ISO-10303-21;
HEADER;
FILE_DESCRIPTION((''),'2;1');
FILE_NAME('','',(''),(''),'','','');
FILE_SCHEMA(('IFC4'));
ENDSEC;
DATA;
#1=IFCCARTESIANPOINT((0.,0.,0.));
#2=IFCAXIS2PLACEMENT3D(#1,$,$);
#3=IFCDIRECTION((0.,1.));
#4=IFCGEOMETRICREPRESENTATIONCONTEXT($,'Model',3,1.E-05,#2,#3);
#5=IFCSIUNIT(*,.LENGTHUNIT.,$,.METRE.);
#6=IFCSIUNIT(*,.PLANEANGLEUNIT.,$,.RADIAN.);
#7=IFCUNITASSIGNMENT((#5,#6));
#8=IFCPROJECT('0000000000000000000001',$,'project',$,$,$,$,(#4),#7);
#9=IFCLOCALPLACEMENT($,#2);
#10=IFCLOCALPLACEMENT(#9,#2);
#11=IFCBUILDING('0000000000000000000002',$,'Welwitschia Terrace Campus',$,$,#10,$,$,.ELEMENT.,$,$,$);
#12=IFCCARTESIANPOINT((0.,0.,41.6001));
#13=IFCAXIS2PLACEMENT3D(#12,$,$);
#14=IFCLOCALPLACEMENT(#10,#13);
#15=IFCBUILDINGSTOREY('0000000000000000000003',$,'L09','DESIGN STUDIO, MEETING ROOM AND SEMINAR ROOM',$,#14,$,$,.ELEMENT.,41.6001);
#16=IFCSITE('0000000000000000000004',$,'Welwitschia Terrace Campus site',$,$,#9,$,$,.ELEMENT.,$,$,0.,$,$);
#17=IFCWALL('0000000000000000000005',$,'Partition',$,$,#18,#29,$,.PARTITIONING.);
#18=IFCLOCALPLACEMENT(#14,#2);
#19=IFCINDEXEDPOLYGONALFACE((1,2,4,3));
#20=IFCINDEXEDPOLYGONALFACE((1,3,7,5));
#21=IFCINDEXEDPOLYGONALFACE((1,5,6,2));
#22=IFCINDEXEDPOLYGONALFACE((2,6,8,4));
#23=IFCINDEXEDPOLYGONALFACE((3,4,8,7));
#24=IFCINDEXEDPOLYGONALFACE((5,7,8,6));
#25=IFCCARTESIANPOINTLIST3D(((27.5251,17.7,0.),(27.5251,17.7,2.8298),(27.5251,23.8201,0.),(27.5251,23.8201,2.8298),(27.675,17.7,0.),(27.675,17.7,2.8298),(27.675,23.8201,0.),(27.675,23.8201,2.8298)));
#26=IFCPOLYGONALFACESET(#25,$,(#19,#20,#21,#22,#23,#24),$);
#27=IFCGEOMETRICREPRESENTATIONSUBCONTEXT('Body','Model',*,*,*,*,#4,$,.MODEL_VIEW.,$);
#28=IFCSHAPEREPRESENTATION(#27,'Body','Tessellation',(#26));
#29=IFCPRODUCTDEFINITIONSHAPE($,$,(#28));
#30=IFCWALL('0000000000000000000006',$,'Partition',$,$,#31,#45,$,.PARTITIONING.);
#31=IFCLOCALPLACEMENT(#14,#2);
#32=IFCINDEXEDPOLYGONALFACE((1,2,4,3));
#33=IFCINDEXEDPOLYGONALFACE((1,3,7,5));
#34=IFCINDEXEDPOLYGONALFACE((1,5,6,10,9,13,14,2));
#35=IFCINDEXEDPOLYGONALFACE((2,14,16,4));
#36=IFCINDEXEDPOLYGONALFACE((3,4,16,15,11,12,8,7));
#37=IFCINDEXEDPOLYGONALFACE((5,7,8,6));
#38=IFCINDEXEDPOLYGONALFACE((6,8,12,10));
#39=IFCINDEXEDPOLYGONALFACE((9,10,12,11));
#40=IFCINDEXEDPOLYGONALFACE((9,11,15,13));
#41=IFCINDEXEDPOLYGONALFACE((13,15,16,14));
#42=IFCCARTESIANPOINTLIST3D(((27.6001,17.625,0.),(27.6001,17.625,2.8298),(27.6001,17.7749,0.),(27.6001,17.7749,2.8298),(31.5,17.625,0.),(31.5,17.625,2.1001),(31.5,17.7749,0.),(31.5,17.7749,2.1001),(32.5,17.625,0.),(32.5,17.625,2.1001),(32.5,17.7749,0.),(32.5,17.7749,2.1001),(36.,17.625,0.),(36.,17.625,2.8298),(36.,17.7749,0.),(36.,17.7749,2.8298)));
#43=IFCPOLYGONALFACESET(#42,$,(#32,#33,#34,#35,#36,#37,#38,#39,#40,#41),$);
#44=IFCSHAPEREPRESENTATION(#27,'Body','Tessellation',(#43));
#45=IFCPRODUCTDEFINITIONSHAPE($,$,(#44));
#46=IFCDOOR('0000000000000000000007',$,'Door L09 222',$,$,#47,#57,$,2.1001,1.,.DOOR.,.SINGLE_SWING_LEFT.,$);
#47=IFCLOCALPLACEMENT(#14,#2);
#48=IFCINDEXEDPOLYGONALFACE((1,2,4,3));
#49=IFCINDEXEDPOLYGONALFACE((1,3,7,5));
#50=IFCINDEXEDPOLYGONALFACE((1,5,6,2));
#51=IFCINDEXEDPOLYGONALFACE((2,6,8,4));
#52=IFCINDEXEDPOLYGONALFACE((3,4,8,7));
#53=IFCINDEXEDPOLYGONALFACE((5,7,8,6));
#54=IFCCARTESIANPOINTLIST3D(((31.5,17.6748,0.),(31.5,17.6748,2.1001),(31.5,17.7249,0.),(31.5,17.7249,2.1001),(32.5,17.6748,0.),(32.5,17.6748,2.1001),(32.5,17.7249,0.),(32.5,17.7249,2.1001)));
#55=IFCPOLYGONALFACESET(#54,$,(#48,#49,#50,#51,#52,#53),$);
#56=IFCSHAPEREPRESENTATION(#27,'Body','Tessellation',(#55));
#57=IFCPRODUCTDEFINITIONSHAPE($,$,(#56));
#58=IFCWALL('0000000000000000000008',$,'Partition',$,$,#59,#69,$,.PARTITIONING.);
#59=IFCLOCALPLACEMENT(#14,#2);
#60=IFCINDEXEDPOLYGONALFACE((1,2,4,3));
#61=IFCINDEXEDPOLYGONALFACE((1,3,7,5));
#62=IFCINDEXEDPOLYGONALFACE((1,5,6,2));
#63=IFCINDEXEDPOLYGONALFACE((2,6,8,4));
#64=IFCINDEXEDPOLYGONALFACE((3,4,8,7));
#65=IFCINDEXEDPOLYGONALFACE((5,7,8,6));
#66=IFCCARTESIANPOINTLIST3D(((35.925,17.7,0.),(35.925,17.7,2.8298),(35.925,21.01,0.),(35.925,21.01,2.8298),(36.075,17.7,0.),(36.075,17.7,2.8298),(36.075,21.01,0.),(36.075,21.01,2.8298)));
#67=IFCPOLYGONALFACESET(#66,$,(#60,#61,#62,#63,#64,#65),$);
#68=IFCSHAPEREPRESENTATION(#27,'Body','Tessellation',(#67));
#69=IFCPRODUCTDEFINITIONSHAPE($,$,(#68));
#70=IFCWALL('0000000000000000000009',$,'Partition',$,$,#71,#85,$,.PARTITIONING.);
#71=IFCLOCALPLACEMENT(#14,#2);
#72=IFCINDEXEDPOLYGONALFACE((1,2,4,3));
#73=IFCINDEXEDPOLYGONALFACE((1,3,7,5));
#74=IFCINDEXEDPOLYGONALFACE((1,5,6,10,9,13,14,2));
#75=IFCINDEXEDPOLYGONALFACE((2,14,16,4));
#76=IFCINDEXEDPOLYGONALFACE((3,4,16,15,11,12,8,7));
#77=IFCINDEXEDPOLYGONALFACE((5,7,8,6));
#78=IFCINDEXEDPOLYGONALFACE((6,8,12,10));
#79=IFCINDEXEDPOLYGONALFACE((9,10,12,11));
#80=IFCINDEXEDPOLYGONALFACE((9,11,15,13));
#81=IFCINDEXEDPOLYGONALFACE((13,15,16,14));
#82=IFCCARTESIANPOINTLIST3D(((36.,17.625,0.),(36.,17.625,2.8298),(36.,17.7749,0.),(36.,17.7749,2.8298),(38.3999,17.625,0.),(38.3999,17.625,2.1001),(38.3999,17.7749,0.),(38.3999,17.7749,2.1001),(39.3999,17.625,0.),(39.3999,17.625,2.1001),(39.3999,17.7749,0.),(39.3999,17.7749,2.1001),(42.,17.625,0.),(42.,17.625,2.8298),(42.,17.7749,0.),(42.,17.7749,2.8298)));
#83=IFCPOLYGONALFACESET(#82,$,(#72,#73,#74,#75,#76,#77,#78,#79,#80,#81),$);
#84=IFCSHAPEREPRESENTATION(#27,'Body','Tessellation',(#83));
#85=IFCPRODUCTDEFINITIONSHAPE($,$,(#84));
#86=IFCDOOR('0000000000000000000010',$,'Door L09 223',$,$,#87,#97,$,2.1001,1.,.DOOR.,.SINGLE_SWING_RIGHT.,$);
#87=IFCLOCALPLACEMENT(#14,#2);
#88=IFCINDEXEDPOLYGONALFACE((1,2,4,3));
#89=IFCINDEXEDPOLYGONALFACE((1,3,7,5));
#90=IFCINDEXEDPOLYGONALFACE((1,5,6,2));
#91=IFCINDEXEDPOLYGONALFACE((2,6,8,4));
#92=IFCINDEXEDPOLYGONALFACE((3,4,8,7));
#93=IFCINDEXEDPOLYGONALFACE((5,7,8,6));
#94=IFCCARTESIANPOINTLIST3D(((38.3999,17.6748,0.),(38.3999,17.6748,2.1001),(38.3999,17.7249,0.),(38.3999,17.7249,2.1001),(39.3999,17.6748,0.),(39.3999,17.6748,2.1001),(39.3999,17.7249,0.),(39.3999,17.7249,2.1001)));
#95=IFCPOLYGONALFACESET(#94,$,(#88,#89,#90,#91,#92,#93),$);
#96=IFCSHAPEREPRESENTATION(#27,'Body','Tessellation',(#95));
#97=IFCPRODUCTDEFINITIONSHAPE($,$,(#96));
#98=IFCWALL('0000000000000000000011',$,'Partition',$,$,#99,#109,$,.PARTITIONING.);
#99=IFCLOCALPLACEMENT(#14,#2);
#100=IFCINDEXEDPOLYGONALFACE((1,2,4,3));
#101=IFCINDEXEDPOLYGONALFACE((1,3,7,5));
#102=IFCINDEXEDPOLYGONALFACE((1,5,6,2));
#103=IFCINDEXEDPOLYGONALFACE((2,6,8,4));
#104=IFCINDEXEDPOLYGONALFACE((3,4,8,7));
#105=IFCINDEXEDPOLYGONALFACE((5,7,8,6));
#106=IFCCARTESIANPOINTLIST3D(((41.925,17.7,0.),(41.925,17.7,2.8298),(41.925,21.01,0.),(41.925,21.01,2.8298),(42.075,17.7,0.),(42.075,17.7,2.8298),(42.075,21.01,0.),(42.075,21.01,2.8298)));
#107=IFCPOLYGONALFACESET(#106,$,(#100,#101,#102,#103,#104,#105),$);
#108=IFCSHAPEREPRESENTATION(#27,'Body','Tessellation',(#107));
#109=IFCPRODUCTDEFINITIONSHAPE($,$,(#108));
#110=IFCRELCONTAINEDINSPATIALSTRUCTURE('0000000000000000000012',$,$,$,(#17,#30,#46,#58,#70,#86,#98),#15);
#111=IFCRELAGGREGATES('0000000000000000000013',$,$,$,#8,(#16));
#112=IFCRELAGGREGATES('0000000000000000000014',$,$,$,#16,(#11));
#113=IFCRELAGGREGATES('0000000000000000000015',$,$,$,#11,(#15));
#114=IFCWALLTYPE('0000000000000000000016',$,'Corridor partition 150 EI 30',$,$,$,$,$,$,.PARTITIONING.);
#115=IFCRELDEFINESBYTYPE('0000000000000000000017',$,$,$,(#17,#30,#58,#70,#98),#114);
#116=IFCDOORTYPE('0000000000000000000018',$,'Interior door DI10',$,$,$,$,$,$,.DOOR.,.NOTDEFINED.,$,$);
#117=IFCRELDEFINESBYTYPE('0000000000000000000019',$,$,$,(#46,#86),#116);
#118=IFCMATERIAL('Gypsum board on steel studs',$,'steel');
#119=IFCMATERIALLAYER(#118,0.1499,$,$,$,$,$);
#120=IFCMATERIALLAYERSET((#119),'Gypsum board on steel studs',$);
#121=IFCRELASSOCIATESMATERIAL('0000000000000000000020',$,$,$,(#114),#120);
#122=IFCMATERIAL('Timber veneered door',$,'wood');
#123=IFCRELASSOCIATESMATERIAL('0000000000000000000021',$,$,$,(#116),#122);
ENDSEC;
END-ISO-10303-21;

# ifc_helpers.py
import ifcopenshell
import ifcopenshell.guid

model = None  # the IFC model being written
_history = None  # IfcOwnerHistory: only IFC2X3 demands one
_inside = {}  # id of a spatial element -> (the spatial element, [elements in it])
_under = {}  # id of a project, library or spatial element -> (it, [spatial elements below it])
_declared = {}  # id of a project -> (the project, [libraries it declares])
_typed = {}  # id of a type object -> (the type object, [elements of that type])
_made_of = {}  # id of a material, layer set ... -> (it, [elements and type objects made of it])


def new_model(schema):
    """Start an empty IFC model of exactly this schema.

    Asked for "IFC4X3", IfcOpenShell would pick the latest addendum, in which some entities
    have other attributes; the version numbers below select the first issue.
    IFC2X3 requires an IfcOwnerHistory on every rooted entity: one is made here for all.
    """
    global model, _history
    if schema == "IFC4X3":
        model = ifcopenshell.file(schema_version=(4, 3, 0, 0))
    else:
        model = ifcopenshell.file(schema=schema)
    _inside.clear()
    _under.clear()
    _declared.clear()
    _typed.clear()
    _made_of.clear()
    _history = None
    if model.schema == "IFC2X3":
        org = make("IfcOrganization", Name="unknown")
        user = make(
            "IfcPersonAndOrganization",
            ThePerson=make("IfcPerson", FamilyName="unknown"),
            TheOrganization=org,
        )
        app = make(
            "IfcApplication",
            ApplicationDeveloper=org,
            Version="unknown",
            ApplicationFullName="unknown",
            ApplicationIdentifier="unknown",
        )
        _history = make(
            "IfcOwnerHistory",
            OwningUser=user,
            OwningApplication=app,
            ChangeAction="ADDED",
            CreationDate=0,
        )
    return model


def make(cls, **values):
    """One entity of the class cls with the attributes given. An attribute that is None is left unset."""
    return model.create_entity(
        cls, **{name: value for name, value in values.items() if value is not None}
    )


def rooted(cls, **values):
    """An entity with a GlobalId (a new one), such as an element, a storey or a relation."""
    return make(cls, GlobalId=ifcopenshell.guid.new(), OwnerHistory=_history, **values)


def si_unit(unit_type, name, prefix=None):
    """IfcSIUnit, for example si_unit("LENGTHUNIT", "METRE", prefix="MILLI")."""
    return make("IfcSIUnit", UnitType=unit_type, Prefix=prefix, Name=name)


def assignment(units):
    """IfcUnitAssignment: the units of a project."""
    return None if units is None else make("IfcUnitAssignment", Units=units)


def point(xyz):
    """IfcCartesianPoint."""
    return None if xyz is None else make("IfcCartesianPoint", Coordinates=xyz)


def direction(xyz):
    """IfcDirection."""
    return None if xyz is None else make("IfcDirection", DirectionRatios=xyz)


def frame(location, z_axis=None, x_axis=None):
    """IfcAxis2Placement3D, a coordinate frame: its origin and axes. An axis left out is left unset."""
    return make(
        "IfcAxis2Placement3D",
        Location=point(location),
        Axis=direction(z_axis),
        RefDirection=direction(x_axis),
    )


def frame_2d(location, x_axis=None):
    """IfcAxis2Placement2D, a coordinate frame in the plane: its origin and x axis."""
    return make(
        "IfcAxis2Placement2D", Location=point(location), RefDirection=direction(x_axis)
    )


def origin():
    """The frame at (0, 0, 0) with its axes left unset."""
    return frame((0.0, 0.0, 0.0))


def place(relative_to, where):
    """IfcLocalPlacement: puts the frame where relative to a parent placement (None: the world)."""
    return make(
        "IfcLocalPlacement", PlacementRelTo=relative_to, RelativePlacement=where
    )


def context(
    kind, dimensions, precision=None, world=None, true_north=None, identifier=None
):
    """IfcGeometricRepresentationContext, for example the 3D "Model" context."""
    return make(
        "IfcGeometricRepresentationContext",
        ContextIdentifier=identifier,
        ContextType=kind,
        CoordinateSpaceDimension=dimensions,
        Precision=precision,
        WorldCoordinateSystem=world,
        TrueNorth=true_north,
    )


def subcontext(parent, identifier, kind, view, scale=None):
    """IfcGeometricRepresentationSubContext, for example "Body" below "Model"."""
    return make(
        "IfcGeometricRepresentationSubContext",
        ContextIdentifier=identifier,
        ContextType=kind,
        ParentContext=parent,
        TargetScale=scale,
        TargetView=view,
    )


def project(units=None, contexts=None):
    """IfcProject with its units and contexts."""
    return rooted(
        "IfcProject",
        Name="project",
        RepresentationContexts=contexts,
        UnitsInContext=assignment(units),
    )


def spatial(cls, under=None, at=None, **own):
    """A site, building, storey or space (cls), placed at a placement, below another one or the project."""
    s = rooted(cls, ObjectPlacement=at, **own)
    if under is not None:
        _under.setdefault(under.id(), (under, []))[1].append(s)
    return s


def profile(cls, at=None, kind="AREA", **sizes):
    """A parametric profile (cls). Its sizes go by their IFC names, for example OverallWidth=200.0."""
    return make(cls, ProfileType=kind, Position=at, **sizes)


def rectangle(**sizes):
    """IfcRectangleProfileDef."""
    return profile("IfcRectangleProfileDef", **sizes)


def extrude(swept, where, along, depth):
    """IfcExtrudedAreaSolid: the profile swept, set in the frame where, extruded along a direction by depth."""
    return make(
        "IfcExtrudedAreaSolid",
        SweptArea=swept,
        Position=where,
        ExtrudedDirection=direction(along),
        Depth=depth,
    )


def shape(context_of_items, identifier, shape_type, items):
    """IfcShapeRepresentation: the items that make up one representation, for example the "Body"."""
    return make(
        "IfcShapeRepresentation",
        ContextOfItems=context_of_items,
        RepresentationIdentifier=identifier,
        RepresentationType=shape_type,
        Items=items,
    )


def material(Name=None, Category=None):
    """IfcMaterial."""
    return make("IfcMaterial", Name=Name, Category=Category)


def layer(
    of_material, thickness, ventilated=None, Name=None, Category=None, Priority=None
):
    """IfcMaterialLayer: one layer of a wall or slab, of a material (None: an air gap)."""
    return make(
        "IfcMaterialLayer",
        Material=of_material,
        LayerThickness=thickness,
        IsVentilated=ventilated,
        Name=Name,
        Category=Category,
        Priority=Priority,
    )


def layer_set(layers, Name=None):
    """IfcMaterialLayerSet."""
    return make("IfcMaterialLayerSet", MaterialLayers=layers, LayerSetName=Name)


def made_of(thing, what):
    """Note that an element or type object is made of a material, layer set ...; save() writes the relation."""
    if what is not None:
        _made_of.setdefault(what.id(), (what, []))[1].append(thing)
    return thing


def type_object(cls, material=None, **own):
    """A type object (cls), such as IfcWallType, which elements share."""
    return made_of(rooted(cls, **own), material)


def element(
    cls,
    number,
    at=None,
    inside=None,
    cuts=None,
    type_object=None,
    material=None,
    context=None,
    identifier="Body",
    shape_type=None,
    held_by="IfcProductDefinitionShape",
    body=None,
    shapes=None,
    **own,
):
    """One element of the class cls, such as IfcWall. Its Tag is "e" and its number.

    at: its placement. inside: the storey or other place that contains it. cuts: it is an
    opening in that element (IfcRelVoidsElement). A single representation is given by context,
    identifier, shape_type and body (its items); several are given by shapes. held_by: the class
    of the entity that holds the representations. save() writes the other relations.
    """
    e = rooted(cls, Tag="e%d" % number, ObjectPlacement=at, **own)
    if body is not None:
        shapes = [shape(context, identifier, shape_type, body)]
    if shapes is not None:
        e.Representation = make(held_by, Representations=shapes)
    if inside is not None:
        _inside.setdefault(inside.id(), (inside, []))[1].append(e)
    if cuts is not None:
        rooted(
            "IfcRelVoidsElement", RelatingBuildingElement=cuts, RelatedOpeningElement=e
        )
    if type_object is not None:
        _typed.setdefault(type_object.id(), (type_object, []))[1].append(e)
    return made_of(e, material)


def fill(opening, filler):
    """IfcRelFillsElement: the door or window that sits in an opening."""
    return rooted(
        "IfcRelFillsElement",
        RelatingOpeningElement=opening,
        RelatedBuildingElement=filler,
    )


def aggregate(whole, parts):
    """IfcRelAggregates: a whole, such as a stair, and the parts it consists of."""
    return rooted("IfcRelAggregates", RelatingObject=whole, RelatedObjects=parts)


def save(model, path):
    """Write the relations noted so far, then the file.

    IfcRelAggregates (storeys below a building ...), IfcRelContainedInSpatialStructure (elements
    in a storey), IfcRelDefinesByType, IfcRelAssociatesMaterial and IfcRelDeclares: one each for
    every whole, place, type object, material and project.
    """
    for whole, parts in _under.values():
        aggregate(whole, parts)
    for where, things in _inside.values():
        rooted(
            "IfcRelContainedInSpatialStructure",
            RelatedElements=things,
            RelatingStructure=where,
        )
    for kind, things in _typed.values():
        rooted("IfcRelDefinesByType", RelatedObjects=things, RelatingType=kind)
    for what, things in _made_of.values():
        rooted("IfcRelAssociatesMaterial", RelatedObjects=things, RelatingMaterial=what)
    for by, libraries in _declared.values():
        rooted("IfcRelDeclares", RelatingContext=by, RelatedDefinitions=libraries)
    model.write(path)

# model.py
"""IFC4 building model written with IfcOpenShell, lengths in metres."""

from ifc_helpers import new_model, si_unit, direction, frame, frame_2d, origin, place, context, subcontext, project, spatial, rectangle, extrude, material, layer, layer_set, type_object, element, fill, save


model = new_model("IFC4")

# Units and contexts
model_context = context("Model", 3, precision=1e-05, world=origin(), true_north=direction((0.0, 1.0)))
body_context = subcontext(model_context, "Body", "Model", "MODEL_VIEW")
ifc_project = project(units=[si_unit("LENGTHUNIT", "METRE"), si_unit("PLANEANGLEUNIT", "RADIAN")], contexts=[model_context])

# Site, building, storey
site_placement = place(None, origin())
site = spatial("IfcSite", under=ifc_project, at=site_placement, Name="Welwitschia Terrace Campus site", CompositionType="ELEMENT", RefElevation=0.0)
building_placement = place(site_placement, origin())
building = spatial("IfcBuilding", under=site, at=building_placement, Name="Welwitschia Terrace Campus", CompositionType="ELEMENT")
storey_placement = place(building_placement, frame((0.0, 0.0, 41.6001)))
storey = spatial("IfcBuildingStorey", under=building, at=storey_placement, Name="L09", Description="DESIGN STUDIO, MEETING ROOM AND SEMINAR ROOM", CompositionType="ELEMENT", Elevation=41.6001)

# Shared definitions
ifc_material_1 = material(Name="Gypsum board on steel studs", Category="steel")
ifc_layer_1 = layer(ifc_material_1, 0.1499)
ifc_layer_set_1 = layer_set([ifc_layer_1], Name="Gypsum board on steel studs")
wall_type_1 = type_object("IfcWallType", Name="Corridor partition 150 EI 30", PredefinedType="PARTITIONING", material=ifc_layer_set_1)

# Shared definitions
ifc_material_2 = material(Name="Timber veneered door", Category="wood")
door_type_1 = type_object("IfcDoorType", Name="Interior door DI10", OperationType="NOTDEFINED", PredefinedType="DOOR", material=ifc_material_2)

# Wall
wall_1_placement = place(storey_placement, frame((27.6001, 17.7, 0.0), z_axis=(0.0, 0.0, 1.0), x_axis=(0.0, 1.0, 0.0)))
element("IfcWall", 1, at=wall_1_placement, inside=storey, type_object=wall_type_1, Name="Partition", PredefinedType="PARTITIONING", context=body_context, shape_type="SweptSolid", body=[
    extrude(rectangle(XDim=6.1201, YDim=0.1499, at=frame_2d((3.0601, 0.0))), origin(), (0.0, 0.0, 1.0), 2.8298),
])

# Wall, opening, door
wall_2_placement = place(storey_placement, frame((27.6001, 17.7, 0.0), z_axis=(0.0, 0.0, 1.0), x_axis=(1.0, 0.0, 0.0)))
wall_2 = element("IfcWall", 2, at=wall_2_placement, inside=storey, type_object=wall_type_1, Name="Partition", PredefinedType="PARTITIONING", context=body_context, shape_type="SweptSolid", body=[
    extrude(rectangle(XDim=8.3999, YDim=0.1499, at=frame_2d((4.2, 0.0))), origin(), (0.0, 0.0, 1.0), 2.8298),
])
opening_1_placement = place(wall_2_placement, frame((3.8999, 0.0, 0.0)))
opening_1 = element("IfcOpeningElement", 3, at=opening_1_placement, cuts=wall_2, PredefinedType="OPENING", context=body_context, shape_type="SweptSolid", body=[
    extrude(rectangle(XDim=1.0, YDim=2.1001, at=frame_2d((0.5, 1.05))), frame((0.0, 0.085, 0.0), z_axis=(0.0, -1.0, 0.0), x_axis=(1.0, 0.0, 0.0)), (0.0, 0.0, 1.0), 0.1699),
])
door_1_placement = place(opening_1_placement, origin())
door_1 = element("IfcDoor", 4, at=door_1_placement, inside=storey, type_object=door_type_1, Name="Door L09 222", OperationType="SINGLE_SWING_LEFT", OverallHeight=2.1001, OverallWidth=1.0, PredefinedType="DOOR", context=body_context, shape_type="SweptSolid", body=[
    extrude(rectangle(XDim=1.0, YDim=2.1001, at=frame_2d((0.5, 1.05))), frame((0.0, 0.0249, 0.0), z_axis=(0.0, -1.0, 0.0), x_axis=(1.0, 0.0, 0.0)), (0.0, 0.0, 1.0), 0.05),
])
fill(opening_1, door_1)

# Wall
wall_3_placement = place(storey_placement, frame((36.0, 17.7, 0.0), z_axis=(0.0, 0.0, 1.0), x_axis=(0.0, 1.0, 0.0)))
element("IfcWall", 5, at=wall_3_placement, inside=storey, type_object=wall_type_1, Name="Partition", PredefinedType="PARTITIONING", context=body_context, shape_type="SweptSolid", body=[
    extrude(rectangle(XDim=3.3101, YDim=0.1499, at=frame_2d((1.655, 0.0))), origin(), (0.0, 0.0, 1.0), 2.8298),
])

# Wall, opening, door
wall_4_placement = place(storey_placement, frame((36.0, 17.7, 0.0), z_axis=(0.0, 0.0, 1.0), x_axis=(1.0, 0.0, 0.0)))
wall_4 = element("IfcWall", 6, at=wall_4_placement, inside=storey, type_object=wall_type_1, Name="Partition", PredefinedType="PARTITIONING", context=body_context, shape_type="SweptSolid", body=[
    extrude(rectangle(XDim=6.0, YDim=0.1499, at=frame_2d((3.0, 0.0))), origin(), (0.0, 0.0, 1.0), 2.8298),
])
opening_2_placement = place(wall_4_placement, frame((2.3999, 0.0, 0.0)))
opening_2 = element("IfcOpeningElement", 7, at=opening_2_placement, cuts=wall_4, PredefinedType="OPENING", context=body_context, shape_type="SweptSolid", body=[
    extrude(rectangle(XDim=1.0, YDim=2.1001, at=frame_2d((0.5, 1.05))), frame((0.0, 0.085, 0.0), z_axis=(0.0, -1.0, 0.0), x_axis=(1.0, 0.0, 0.0)), (0.0, 0.0, 1.0), 0.1699),
])
door_2_placement = place(opening_2_placement, origin())
door_2 = element("IfcDoor", 8, at=door_2_placement, inside=storey, type_object=door_type_1, Name="Door L09 223", OperationType="SINGLE_SWING_RIGHT", OverallHeight=2.1001, OverallWidth=1.0, PredefinedType="DOOR", context=body_context, shape_type="SweptSolid", body=[
    extrude(rectangle(XDim=1.0, YDim=2.1001, at=frame_2d((0.5, 1.05))), frame((0.0, 0.0249, 0.0), z_axis=(0.0, -1.0, 0.0), x_axis=(1.0, 0.0, 0.0)), (0.0, 0.0, 1.0), 0.05),
])
fill(opening_2, door_2)

# Wall
wall_5_placement = place(storey_placement, frame((42.0, 17.7, 0.0), z_axis=(0.0, 0.0, 1.0), x_axis=(0.0, 1.0, 0.0)))
element("IfcWall", 9, at=wall_5_placement, inside=storey, type_object=wall_type_1, Name="Partition", PredefinedType="PARTITIONING", context=body_context, shape_type="SweptSolid", body=[
    extrude(rectangle(XDim=3.3101, YDim=0.1499, at=frame_2d((1.655, 0.0))), origin(), (0.0, 0.0, 1.0), 2.8298),
])

save(model, "model.ifc")
